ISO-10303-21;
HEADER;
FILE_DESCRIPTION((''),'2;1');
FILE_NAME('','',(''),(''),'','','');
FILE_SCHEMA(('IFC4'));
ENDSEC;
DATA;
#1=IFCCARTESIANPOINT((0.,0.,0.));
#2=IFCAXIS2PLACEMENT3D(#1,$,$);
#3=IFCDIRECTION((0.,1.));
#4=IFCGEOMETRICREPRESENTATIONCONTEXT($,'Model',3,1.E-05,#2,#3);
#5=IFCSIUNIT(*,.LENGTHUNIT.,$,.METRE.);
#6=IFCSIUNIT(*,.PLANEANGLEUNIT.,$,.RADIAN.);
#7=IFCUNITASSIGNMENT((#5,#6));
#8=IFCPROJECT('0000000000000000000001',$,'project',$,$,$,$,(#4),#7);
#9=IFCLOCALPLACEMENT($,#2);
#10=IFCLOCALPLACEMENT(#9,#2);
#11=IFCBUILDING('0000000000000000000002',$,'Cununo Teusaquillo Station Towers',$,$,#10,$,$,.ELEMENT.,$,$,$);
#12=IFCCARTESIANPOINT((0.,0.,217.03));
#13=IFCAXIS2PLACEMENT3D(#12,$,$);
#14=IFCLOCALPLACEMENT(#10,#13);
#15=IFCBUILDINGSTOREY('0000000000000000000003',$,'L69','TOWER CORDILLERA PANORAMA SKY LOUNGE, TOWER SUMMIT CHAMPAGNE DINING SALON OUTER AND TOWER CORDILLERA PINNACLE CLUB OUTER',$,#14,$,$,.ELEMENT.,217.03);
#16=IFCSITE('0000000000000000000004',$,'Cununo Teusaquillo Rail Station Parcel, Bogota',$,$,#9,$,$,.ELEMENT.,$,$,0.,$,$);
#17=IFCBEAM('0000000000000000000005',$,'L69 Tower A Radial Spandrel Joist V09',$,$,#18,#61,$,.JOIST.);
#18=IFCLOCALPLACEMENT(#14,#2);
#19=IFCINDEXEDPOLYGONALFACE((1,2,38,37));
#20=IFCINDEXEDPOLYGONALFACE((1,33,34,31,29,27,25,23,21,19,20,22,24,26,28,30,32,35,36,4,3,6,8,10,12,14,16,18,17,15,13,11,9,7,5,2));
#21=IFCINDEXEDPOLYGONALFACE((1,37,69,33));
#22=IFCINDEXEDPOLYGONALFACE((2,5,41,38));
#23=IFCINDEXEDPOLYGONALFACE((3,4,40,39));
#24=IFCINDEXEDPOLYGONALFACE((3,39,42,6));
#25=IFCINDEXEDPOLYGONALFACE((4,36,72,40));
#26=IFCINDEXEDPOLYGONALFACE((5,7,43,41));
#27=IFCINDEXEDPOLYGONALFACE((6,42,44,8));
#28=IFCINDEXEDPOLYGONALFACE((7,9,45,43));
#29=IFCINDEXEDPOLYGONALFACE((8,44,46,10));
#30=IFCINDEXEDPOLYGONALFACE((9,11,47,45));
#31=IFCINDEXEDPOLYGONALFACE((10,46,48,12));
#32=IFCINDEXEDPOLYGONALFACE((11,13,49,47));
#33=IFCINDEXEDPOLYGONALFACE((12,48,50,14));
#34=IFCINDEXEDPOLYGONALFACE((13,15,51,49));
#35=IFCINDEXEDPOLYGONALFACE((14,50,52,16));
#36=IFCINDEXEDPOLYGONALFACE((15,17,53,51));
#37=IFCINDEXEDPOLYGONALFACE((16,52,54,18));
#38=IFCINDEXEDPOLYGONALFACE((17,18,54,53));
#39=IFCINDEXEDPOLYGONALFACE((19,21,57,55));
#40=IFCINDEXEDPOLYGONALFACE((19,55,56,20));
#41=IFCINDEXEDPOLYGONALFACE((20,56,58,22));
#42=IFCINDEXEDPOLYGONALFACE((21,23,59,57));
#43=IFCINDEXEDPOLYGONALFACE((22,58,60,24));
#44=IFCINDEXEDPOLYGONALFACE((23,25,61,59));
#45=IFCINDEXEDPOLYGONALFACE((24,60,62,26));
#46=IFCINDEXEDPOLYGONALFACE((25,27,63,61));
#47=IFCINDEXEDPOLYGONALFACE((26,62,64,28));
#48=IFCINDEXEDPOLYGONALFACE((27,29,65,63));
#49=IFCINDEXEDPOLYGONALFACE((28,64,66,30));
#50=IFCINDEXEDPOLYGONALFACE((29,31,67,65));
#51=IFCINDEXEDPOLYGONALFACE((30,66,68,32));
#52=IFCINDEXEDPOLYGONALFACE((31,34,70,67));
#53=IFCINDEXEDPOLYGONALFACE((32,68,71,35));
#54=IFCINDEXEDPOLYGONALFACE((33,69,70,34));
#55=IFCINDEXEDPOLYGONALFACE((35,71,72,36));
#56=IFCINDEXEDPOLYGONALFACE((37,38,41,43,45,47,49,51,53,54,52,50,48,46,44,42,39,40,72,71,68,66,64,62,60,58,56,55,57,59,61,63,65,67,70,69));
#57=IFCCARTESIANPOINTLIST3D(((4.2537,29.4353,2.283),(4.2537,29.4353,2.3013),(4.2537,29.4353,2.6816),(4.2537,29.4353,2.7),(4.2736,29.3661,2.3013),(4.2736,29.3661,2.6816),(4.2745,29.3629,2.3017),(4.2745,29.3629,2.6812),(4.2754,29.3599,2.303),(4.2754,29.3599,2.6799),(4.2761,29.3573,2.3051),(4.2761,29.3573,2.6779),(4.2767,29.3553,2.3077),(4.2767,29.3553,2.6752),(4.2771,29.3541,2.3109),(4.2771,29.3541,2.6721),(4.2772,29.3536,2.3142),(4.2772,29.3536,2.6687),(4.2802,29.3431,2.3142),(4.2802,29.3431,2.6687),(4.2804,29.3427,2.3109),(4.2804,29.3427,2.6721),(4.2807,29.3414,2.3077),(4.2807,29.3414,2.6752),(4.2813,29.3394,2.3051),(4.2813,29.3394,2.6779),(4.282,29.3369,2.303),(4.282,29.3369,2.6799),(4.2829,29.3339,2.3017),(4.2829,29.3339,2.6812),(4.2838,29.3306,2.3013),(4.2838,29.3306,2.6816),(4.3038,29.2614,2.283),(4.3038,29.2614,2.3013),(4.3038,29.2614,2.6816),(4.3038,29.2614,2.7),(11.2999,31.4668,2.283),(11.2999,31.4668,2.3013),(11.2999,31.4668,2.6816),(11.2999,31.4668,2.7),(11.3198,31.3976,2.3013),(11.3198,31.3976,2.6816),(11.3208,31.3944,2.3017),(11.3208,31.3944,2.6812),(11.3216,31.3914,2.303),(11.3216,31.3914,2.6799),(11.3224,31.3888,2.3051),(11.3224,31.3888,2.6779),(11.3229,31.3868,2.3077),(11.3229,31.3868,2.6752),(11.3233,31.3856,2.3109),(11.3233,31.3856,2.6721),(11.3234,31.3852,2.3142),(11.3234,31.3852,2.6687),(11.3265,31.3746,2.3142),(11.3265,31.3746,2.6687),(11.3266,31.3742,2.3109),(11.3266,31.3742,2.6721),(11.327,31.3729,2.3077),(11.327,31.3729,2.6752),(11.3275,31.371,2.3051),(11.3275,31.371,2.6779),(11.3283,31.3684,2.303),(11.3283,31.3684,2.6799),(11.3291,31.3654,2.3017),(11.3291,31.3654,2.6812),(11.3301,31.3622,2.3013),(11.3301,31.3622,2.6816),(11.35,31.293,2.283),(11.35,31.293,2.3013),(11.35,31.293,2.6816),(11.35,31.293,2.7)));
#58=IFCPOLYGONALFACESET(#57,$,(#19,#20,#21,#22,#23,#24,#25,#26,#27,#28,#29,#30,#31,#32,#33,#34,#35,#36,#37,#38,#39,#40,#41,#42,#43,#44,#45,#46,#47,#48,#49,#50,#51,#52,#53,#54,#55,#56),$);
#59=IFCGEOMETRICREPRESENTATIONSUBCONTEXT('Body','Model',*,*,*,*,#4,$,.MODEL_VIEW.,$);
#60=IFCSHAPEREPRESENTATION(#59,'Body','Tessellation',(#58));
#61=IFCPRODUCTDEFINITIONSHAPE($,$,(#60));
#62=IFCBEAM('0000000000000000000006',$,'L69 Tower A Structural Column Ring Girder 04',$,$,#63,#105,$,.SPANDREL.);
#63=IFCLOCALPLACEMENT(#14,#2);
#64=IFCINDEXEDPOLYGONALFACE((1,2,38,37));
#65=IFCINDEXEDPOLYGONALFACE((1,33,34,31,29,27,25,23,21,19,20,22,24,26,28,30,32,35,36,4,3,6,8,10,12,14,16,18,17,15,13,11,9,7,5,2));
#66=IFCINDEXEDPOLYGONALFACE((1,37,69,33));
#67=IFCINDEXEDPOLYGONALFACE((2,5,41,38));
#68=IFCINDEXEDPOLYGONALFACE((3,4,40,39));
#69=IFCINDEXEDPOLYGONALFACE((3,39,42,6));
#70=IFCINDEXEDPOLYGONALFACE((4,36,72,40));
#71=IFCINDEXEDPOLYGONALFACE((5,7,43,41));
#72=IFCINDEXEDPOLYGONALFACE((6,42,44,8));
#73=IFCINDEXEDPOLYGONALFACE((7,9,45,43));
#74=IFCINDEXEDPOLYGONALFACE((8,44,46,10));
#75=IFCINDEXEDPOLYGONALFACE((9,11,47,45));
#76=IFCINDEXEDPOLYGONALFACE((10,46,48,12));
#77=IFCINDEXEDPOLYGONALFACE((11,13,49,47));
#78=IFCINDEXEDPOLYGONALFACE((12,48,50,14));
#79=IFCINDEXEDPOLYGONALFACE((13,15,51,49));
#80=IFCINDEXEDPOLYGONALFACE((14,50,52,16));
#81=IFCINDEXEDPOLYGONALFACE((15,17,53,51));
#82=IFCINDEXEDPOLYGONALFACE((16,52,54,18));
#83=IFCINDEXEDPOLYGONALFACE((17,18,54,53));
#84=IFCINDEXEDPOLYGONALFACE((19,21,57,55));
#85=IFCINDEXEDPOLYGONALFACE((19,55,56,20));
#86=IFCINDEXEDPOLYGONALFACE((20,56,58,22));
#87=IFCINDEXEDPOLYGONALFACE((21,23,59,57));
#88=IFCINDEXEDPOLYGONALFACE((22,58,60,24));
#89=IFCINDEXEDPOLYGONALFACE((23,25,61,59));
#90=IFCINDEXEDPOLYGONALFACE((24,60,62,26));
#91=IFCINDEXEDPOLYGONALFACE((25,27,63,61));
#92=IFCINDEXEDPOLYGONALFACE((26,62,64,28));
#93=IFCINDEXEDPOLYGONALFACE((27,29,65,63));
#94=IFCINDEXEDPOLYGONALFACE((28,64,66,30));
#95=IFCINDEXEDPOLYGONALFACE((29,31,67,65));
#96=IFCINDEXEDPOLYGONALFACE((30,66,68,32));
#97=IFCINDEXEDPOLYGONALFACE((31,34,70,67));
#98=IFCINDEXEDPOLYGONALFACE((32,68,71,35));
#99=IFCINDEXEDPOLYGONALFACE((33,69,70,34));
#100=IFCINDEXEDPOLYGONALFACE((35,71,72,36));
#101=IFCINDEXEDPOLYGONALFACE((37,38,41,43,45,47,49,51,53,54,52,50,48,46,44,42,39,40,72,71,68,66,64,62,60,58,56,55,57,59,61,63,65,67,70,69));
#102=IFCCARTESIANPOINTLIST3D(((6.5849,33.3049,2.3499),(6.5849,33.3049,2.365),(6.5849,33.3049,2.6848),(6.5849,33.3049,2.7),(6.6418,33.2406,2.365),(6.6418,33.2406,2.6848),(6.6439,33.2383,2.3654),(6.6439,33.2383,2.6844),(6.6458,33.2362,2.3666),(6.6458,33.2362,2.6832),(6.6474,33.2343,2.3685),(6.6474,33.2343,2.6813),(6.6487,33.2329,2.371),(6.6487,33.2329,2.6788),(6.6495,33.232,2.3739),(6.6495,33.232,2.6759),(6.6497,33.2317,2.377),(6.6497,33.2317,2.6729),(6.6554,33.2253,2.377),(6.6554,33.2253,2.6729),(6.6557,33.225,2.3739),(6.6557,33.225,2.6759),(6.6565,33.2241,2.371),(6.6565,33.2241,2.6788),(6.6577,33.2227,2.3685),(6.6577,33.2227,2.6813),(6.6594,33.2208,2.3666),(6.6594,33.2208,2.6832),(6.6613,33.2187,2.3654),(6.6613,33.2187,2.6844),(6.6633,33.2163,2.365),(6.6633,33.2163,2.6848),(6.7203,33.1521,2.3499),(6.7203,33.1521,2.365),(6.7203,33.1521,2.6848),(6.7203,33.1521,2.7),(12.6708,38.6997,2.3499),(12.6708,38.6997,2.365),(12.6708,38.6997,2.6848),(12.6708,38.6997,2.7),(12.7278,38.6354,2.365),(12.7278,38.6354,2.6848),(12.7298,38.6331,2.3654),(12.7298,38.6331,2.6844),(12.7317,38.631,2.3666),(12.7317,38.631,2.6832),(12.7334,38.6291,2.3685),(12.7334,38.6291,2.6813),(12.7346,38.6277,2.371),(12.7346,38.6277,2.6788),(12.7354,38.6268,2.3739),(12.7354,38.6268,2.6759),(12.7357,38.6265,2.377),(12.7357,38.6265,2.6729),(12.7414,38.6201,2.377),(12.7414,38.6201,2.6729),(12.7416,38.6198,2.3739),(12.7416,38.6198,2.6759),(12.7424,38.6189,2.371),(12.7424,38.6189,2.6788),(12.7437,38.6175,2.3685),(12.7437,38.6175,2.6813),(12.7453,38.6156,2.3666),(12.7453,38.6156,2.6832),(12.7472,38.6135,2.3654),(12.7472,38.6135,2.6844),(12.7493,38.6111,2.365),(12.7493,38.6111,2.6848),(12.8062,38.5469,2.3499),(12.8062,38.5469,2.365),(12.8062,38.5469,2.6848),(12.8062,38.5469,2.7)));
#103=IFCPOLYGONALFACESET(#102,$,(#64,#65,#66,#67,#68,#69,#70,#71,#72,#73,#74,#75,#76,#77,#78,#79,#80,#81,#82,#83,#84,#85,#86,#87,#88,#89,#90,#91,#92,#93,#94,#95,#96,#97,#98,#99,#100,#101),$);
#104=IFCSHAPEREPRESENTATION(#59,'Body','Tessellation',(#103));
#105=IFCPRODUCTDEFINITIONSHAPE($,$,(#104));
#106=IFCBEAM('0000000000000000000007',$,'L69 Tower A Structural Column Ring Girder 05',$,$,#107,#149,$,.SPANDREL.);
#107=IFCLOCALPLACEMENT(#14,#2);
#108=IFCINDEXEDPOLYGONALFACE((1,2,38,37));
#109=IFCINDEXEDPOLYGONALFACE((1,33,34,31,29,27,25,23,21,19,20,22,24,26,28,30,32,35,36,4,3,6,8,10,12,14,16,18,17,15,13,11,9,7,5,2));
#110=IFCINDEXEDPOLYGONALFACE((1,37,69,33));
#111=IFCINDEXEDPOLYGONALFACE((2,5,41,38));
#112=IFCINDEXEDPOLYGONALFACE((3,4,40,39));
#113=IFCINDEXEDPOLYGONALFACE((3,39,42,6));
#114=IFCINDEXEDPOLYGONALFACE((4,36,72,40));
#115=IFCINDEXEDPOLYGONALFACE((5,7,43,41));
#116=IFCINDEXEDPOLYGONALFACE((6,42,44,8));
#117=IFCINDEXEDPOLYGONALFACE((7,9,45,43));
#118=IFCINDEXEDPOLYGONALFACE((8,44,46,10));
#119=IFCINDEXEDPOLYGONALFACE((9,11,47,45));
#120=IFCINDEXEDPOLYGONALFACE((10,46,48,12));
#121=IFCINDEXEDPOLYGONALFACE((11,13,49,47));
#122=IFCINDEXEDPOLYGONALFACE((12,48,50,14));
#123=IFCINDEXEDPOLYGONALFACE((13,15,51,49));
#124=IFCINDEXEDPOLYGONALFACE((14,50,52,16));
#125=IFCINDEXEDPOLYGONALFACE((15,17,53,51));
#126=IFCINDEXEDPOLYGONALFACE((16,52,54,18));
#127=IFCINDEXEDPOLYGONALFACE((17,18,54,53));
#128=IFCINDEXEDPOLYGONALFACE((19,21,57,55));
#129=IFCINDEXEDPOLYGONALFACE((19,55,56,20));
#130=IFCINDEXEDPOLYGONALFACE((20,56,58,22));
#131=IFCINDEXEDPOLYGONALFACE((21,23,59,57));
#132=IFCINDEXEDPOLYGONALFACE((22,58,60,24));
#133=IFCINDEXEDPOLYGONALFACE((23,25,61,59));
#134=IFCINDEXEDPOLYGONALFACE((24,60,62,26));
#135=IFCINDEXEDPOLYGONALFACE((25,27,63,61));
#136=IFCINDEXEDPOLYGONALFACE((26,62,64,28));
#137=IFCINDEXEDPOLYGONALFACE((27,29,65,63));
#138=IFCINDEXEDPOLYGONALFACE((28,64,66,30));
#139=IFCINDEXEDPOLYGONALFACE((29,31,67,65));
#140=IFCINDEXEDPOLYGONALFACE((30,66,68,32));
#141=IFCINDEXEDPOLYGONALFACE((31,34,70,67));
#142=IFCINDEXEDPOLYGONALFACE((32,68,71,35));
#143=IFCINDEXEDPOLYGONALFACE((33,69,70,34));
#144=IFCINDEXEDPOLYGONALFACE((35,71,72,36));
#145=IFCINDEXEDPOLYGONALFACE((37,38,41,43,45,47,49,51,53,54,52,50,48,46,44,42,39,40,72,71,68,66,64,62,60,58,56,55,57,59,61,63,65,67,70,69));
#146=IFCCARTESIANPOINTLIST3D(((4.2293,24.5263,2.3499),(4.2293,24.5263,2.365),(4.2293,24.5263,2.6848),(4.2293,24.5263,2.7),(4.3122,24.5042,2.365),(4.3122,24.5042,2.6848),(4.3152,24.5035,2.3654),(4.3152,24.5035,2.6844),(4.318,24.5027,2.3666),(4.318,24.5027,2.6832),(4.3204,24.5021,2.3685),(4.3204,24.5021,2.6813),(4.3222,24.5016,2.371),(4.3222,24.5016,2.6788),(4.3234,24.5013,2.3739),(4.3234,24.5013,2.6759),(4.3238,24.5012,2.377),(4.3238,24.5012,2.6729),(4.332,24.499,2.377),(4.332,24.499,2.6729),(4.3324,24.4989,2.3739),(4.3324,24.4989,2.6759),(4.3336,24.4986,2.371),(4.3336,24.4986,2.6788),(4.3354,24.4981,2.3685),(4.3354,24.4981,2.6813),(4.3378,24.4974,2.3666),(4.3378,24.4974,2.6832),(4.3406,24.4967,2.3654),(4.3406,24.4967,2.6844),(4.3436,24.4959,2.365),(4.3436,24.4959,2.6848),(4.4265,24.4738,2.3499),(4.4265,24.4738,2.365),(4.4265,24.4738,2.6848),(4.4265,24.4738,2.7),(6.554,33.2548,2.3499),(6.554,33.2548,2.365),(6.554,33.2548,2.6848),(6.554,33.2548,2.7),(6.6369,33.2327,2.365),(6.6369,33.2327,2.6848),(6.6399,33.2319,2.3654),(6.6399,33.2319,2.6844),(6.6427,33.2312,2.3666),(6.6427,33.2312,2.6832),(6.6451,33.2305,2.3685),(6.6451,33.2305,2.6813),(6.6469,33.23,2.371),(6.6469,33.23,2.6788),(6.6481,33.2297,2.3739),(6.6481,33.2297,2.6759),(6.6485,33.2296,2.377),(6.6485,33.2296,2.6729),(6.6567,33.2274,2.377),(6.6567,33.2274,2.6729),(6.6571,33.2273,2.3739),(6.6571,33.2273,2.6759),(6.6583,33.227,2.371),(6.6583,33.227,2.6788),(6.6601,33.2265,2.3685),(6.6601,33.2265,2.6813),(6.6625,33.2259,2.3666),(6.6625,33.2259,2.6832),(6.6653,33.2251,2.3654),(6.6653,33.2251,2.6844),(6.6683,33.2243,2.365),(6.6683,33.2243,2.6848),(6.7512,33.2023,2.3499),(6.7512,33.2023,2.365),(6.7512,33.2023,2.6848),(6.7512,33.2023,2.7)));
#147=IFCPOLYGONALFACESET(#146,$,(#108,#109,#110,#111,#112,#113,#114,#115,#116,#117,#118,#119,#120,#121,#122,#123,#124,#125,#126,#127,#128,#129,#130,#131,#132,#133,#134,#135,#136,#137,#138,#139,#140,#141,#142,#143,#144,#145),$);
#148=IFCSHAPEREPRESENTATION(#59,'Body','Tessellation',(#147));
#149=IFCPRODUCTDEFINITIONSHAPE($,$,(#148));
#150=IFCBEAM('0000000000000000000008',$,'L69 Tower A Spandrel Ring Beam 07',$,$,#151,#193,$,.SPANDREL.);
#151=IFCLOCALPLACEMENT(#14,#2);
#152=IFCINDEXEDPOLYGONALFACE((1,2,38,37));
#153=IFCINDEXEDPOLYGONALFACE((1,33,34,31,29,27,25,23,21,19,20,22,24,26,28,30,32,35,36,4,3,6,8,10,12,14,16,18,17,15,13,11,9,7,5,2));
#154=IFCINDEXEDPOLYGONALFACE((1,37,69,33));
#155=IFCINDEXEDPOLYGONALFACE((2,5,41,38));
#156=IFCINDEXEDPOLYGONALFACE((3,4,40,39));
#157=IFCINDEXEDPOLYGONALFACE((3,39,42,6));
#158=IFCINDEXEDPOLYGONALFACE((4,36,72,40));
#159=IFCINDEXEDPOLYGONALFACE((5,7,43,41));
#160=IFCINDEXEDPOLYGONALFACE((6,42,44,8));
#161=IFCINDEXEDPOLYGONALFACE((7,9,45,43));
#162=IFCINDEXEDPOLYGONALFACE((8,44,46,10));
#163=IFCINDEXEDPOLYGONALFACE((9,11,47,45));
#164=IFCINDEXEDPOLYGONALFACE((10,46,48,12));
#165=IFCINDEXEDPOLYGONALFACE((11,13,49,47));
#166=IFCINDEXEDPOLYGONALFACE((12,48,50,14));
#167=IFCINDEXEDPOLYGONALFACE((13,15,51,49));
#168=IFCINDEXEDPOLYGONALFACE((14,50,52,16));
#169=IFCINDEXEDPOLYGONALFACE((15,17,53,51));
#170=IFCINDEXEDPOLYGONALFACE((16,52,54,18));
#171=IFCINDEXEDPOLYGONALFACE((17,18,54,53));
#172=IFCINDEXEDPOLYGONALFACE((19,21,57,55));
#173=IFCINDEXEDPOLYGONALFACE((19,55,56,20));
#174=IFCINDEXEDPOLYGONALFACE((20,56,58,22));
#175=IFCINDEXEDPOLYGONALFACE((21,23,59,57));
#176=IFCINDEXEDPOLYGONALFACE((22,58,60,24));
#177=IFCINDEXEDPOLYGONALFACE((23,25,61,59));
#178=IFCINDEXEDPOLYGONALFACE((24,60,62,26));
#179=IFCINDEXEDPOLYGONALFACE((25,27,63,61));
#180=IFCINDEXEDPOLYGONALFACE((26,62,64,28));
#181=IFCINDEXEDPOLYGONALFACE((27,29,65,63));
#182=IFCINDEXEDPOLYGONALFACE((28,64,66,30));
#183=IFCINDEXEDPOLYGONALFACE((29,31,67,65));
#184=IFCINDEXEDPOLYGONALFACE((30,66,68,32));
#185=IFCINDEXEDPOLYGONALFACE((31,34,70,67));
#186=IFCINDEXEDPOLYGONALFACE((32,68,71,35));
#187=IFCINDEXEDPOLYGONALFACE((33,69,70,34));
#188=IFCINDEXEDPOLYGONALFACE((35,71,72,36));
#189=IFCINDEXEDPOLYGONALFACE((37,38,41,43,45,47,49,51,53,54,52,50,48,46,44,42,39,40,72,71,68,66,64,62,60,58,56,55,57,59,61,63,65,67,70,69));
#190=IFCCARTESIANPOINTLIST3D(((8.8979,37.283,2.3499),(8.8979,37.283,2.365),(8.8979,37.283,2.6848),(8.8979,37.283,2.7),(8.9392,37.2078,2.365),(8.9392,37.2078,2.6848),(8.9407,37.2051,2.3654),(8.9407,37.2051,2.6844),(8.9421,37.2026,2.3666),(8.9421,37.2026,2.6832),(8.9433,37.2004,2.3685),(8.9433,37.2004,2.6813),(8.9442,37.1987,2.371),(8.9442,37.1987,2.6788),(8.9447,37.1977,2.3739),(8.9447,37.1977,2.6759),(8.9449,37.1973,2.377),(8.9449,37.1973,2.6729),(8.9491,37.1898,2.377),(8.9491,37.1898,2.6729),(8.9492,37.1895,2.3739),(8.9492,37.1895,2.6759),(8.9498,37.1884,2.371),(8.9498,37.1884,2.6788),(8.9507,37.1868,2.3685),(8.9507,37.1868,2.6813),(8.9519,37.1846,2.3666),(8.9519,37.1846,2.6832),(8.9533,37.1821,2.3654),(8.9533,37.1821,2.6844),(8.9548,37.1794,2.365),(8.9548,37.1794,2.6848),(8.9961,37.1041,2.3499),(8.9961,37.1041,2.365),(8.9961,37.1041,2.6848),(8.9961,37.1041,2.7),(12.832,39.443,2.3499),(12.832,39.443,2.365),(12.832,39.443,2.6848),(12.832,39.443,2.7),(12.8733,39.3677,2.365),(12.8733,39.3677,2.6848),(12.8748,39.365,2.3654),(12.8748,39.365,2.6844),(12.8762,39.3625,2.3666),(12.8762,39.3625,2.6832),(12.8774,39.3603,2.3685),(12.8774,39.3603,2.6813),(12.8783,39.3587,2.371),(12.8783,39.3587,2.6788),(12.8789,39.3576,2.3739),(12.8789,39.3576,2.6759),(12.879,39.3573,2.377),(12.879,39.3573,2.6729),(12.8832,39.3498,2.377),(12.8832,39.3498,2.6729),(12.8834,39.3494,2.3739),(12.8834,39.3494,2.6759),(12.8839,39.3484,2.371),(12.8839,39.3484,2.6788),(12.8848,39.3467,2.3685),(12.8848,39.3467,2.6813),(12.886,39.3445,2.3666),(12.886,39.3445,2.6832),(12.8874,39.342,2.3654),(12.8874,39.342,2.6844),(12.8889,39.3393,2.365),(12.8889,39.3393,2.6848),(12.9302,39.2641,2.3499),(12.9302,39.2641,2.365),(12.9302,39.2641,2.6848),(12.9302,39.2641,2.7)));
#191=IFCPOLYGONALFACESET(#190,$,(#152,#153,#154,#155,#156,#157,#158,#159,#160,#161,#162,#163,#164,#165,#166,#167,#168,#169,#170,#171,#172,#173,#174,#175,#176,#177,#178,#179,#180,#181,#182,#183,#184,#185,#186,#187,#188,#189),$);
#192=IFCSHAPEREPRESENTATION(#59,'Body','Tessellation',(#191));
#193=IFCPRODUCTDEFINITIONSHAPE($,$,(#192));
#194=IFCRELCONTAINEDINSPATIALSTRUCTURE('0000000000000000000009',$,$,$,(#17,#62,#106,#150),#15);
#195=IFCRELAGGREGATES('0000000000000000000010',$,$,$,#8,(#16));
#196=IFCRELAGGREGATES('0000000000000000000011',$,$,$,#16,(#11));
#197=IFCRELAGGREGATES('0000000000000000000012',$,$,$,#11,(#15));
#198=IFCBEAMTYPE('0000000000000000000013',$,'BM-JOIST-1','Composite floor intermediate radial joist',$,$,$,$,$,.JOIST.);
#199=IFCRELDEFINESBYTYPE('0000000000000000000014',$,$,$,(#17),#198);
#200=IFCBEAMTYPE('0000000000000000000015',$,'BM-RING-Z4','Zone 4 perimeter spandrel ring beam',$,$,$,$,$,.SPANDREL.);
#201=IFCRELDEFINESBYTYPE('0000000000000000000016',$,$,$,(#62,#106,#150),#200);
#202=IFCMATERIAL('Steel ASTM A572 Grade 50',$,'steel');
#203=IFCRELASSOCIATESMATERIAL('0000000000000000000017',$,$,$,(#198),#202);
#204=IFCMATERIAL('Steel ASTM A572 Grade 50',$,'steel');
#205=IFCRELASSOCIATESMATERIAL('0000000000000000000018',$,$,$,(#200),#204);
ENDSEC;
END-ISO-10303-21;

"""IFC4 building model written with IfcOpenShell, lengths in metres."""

from ifc_helpers import new_model, si_unit, direction, frame, origin, origin_2d, place, context, subcontext, project, spatial, i_section, extrude, material, material_profile, profile_set, type_object, element, save


model = new_model("IFC4")

# Units and contexts
model_context = context("Model", 3, precision=1e-05, world=origin(), true_north=direction((0.0, 1.0)))
body_context = subcontext(model_context, "Body", "Model", "MODEL_VIEW")
ifc_project = project(units=[si_unit("LENGTHUNIT", "METRE"), si_unit("PLANEANGLEUNIT", "RADIAN")], contexts=[model_context])

# Site, building, storey
site_placement = place(None, origin())
site = spatial("IfcSite", under=ifc_project, at=site_placement, Name="Cununo Teusaquillo Rail Station Parcel, Bogota", CompositionType="ELEMENT", RefElevation=0.0)
building_placement = place(site_placement, origin())
building = spatial("IfcBuilding", under=site, at=building_placement, Name="Cununo Teusaquillo Station Towers", CompositionType="ELEMENT")
storey_placement = place(building_placement, frame((0.0, 0.0, 217.03)))
storey = spatial("IfcBuildingStorey", under=building, at=storey_placement, Name="L69", Description="TOWER CORDILLERA PANORAMA SKY LOUNGE, TOWER SUMMIT CHAMPAGNE DINING SALON OUTER AND TOWER CORDILLERA PINNACLE CLUB OUTER", CompositionType="ELEMENT", Elevation=217.03)

# Beams
ifc_material_1 = material(Name="Steel ASTM A572 Grade 50", Category="steel")
ifc_material_profile_1 = material_profile(ifc_material_1, i_section(OverallWidth=0.1809, OverallDepth=0.417, WebThickness=0.011, FlangeThickness=0.0183, FilletRadius=0.0129, at=origin_2d()), Name="W16X57")
ifc_profile_set_1 = profile_set([ifc_material_profile_1], Name="Steel ASTM A572 Grade 50")
beam_type_1 = type_object("IfcBeamType", Name="BM-JOIST-1", Description="Composite floor intermediate radial joist", PredefinedType="JOIST", material=ifc_profile_set_1)
beam_1_placement = place(storey_placement, frame((11.325, 31.3799, 2.4915), z_axis=(-0.960862, -0.277029, 0.0), x_axis=(0.277029, -0.960862, 0.0)))
element("IfcBeam", 1, at=beam_1_placement, inside=storey, type_object=beam_type_1, Name="L69 Tower A Radial Spandrel Joist V09", PredefinedType="JOIST", context=body_context, shape_type="SweptSolid", body=[
    extrude(i_section(OverallWidth=0.1809, OverallDepth=0.417, WebThickness=0.011, FlangeThickness=0.0183, FilletRadius=0.0129, at=origin_2d()), origin(), (0.0, 0.0, 1.0), 7.3333),
])
ifc_material_2 = material(Name="Steel ASTM A572 Grade 50", Category="steel")
ifc_material_profile_2 = material_profile(ifc_material_2, i_section(OverallWidth=0.2041, OverallDepth=0.3501, WebThickness=0.0085, FlangeThickness=0.0151, FilletRadius=0.012, at=origin_2d()), Name="W14X48")
ifc_profile_set_2 = profile_set([ifc_material_profile_2], Name="Steel ASTM A572 Grade 50")
beam_type_2 = type_object("IfcBeamType", Name="BM-RING-Z4", Description="Zone 4 perimeter spandrel ring beam", PredefinedType="SPANDREL", material=ifc_profile_set_2)
beam_2_placement = place(storey_placement, frame((12.7385, 38.6233, 2.5249), z_axis=(-0.748321, -0.663337, 0.0), x_axis=(0.663337, -0.748321, 0.0)))
element("IfcBeam", 2, at=beam_2_placement, inside=storey, type_object=beam_type_2, Name="L69 Tower A Structural Column Ring Girder 04", PredefinedType="SPANDREL", context=body_context, shape_type="SweptSolid", body=[
    extrude(i_section(OverallWidth=0.2041, OverallDepth=0.3501, WebThickness=0.0085, FlangeThickness=0.0151, FilletRadius=0.012, at=origin_2d()), origin(), (0.0, 0.0, 1.0), 8.1328),
])
beam_3_placement = place(storey_placement, frame((6.6526, 33.2285, 2.5249), z_axis=(-0.257363, -0.966315, 0.0), x_axis=(0.966315, -0.257363, 0.0)))
element("IfcBeam", 3, at=beam_3_placement, inside=storey, type_object=beam_type_2, Name="L69 Tower A Structural Column Ring Girder 05", PredefinedType="SPANDREL", context=body_context, shape_type="SweptSolid", body=[
    extrude(i_section(OverallWidth=0.2041, OverallDepth=0.3501, WebThickness=0.0085, FlangeThickness=0.0151, FilletRadius=0.012, at=origin_2d()), origin(), (0.0, 0.0, 1.0), 9.0327),
])
beam_4_placement = place(storey_placement, frame((12.8811, 39.3535, 2.5249), z_axis=(-0.876576, -0.481263, 0.0), x_axis=(0.481263, -0.876576, 0.0)))
element("IfcBeam", 4, at=beam_4_placement, inside=storey, type_object=beam_type_2, Name="L69 Tower A Spandrel Ring Beam 07", PredefinedType="SPANDREL", context=body_context, shape_type="SweptSolid", body=[
    extrude(i_section(OverallWidth=0.2041, OverallDepth=0.3501, WebThickness=0.0085, FlangeThickness=0.0151, FilletRadius=0.012, at=origin_2d()), origin(), (0.0, 0.0, 1.0), 4.488),
])

save(model, "model.ifc")
